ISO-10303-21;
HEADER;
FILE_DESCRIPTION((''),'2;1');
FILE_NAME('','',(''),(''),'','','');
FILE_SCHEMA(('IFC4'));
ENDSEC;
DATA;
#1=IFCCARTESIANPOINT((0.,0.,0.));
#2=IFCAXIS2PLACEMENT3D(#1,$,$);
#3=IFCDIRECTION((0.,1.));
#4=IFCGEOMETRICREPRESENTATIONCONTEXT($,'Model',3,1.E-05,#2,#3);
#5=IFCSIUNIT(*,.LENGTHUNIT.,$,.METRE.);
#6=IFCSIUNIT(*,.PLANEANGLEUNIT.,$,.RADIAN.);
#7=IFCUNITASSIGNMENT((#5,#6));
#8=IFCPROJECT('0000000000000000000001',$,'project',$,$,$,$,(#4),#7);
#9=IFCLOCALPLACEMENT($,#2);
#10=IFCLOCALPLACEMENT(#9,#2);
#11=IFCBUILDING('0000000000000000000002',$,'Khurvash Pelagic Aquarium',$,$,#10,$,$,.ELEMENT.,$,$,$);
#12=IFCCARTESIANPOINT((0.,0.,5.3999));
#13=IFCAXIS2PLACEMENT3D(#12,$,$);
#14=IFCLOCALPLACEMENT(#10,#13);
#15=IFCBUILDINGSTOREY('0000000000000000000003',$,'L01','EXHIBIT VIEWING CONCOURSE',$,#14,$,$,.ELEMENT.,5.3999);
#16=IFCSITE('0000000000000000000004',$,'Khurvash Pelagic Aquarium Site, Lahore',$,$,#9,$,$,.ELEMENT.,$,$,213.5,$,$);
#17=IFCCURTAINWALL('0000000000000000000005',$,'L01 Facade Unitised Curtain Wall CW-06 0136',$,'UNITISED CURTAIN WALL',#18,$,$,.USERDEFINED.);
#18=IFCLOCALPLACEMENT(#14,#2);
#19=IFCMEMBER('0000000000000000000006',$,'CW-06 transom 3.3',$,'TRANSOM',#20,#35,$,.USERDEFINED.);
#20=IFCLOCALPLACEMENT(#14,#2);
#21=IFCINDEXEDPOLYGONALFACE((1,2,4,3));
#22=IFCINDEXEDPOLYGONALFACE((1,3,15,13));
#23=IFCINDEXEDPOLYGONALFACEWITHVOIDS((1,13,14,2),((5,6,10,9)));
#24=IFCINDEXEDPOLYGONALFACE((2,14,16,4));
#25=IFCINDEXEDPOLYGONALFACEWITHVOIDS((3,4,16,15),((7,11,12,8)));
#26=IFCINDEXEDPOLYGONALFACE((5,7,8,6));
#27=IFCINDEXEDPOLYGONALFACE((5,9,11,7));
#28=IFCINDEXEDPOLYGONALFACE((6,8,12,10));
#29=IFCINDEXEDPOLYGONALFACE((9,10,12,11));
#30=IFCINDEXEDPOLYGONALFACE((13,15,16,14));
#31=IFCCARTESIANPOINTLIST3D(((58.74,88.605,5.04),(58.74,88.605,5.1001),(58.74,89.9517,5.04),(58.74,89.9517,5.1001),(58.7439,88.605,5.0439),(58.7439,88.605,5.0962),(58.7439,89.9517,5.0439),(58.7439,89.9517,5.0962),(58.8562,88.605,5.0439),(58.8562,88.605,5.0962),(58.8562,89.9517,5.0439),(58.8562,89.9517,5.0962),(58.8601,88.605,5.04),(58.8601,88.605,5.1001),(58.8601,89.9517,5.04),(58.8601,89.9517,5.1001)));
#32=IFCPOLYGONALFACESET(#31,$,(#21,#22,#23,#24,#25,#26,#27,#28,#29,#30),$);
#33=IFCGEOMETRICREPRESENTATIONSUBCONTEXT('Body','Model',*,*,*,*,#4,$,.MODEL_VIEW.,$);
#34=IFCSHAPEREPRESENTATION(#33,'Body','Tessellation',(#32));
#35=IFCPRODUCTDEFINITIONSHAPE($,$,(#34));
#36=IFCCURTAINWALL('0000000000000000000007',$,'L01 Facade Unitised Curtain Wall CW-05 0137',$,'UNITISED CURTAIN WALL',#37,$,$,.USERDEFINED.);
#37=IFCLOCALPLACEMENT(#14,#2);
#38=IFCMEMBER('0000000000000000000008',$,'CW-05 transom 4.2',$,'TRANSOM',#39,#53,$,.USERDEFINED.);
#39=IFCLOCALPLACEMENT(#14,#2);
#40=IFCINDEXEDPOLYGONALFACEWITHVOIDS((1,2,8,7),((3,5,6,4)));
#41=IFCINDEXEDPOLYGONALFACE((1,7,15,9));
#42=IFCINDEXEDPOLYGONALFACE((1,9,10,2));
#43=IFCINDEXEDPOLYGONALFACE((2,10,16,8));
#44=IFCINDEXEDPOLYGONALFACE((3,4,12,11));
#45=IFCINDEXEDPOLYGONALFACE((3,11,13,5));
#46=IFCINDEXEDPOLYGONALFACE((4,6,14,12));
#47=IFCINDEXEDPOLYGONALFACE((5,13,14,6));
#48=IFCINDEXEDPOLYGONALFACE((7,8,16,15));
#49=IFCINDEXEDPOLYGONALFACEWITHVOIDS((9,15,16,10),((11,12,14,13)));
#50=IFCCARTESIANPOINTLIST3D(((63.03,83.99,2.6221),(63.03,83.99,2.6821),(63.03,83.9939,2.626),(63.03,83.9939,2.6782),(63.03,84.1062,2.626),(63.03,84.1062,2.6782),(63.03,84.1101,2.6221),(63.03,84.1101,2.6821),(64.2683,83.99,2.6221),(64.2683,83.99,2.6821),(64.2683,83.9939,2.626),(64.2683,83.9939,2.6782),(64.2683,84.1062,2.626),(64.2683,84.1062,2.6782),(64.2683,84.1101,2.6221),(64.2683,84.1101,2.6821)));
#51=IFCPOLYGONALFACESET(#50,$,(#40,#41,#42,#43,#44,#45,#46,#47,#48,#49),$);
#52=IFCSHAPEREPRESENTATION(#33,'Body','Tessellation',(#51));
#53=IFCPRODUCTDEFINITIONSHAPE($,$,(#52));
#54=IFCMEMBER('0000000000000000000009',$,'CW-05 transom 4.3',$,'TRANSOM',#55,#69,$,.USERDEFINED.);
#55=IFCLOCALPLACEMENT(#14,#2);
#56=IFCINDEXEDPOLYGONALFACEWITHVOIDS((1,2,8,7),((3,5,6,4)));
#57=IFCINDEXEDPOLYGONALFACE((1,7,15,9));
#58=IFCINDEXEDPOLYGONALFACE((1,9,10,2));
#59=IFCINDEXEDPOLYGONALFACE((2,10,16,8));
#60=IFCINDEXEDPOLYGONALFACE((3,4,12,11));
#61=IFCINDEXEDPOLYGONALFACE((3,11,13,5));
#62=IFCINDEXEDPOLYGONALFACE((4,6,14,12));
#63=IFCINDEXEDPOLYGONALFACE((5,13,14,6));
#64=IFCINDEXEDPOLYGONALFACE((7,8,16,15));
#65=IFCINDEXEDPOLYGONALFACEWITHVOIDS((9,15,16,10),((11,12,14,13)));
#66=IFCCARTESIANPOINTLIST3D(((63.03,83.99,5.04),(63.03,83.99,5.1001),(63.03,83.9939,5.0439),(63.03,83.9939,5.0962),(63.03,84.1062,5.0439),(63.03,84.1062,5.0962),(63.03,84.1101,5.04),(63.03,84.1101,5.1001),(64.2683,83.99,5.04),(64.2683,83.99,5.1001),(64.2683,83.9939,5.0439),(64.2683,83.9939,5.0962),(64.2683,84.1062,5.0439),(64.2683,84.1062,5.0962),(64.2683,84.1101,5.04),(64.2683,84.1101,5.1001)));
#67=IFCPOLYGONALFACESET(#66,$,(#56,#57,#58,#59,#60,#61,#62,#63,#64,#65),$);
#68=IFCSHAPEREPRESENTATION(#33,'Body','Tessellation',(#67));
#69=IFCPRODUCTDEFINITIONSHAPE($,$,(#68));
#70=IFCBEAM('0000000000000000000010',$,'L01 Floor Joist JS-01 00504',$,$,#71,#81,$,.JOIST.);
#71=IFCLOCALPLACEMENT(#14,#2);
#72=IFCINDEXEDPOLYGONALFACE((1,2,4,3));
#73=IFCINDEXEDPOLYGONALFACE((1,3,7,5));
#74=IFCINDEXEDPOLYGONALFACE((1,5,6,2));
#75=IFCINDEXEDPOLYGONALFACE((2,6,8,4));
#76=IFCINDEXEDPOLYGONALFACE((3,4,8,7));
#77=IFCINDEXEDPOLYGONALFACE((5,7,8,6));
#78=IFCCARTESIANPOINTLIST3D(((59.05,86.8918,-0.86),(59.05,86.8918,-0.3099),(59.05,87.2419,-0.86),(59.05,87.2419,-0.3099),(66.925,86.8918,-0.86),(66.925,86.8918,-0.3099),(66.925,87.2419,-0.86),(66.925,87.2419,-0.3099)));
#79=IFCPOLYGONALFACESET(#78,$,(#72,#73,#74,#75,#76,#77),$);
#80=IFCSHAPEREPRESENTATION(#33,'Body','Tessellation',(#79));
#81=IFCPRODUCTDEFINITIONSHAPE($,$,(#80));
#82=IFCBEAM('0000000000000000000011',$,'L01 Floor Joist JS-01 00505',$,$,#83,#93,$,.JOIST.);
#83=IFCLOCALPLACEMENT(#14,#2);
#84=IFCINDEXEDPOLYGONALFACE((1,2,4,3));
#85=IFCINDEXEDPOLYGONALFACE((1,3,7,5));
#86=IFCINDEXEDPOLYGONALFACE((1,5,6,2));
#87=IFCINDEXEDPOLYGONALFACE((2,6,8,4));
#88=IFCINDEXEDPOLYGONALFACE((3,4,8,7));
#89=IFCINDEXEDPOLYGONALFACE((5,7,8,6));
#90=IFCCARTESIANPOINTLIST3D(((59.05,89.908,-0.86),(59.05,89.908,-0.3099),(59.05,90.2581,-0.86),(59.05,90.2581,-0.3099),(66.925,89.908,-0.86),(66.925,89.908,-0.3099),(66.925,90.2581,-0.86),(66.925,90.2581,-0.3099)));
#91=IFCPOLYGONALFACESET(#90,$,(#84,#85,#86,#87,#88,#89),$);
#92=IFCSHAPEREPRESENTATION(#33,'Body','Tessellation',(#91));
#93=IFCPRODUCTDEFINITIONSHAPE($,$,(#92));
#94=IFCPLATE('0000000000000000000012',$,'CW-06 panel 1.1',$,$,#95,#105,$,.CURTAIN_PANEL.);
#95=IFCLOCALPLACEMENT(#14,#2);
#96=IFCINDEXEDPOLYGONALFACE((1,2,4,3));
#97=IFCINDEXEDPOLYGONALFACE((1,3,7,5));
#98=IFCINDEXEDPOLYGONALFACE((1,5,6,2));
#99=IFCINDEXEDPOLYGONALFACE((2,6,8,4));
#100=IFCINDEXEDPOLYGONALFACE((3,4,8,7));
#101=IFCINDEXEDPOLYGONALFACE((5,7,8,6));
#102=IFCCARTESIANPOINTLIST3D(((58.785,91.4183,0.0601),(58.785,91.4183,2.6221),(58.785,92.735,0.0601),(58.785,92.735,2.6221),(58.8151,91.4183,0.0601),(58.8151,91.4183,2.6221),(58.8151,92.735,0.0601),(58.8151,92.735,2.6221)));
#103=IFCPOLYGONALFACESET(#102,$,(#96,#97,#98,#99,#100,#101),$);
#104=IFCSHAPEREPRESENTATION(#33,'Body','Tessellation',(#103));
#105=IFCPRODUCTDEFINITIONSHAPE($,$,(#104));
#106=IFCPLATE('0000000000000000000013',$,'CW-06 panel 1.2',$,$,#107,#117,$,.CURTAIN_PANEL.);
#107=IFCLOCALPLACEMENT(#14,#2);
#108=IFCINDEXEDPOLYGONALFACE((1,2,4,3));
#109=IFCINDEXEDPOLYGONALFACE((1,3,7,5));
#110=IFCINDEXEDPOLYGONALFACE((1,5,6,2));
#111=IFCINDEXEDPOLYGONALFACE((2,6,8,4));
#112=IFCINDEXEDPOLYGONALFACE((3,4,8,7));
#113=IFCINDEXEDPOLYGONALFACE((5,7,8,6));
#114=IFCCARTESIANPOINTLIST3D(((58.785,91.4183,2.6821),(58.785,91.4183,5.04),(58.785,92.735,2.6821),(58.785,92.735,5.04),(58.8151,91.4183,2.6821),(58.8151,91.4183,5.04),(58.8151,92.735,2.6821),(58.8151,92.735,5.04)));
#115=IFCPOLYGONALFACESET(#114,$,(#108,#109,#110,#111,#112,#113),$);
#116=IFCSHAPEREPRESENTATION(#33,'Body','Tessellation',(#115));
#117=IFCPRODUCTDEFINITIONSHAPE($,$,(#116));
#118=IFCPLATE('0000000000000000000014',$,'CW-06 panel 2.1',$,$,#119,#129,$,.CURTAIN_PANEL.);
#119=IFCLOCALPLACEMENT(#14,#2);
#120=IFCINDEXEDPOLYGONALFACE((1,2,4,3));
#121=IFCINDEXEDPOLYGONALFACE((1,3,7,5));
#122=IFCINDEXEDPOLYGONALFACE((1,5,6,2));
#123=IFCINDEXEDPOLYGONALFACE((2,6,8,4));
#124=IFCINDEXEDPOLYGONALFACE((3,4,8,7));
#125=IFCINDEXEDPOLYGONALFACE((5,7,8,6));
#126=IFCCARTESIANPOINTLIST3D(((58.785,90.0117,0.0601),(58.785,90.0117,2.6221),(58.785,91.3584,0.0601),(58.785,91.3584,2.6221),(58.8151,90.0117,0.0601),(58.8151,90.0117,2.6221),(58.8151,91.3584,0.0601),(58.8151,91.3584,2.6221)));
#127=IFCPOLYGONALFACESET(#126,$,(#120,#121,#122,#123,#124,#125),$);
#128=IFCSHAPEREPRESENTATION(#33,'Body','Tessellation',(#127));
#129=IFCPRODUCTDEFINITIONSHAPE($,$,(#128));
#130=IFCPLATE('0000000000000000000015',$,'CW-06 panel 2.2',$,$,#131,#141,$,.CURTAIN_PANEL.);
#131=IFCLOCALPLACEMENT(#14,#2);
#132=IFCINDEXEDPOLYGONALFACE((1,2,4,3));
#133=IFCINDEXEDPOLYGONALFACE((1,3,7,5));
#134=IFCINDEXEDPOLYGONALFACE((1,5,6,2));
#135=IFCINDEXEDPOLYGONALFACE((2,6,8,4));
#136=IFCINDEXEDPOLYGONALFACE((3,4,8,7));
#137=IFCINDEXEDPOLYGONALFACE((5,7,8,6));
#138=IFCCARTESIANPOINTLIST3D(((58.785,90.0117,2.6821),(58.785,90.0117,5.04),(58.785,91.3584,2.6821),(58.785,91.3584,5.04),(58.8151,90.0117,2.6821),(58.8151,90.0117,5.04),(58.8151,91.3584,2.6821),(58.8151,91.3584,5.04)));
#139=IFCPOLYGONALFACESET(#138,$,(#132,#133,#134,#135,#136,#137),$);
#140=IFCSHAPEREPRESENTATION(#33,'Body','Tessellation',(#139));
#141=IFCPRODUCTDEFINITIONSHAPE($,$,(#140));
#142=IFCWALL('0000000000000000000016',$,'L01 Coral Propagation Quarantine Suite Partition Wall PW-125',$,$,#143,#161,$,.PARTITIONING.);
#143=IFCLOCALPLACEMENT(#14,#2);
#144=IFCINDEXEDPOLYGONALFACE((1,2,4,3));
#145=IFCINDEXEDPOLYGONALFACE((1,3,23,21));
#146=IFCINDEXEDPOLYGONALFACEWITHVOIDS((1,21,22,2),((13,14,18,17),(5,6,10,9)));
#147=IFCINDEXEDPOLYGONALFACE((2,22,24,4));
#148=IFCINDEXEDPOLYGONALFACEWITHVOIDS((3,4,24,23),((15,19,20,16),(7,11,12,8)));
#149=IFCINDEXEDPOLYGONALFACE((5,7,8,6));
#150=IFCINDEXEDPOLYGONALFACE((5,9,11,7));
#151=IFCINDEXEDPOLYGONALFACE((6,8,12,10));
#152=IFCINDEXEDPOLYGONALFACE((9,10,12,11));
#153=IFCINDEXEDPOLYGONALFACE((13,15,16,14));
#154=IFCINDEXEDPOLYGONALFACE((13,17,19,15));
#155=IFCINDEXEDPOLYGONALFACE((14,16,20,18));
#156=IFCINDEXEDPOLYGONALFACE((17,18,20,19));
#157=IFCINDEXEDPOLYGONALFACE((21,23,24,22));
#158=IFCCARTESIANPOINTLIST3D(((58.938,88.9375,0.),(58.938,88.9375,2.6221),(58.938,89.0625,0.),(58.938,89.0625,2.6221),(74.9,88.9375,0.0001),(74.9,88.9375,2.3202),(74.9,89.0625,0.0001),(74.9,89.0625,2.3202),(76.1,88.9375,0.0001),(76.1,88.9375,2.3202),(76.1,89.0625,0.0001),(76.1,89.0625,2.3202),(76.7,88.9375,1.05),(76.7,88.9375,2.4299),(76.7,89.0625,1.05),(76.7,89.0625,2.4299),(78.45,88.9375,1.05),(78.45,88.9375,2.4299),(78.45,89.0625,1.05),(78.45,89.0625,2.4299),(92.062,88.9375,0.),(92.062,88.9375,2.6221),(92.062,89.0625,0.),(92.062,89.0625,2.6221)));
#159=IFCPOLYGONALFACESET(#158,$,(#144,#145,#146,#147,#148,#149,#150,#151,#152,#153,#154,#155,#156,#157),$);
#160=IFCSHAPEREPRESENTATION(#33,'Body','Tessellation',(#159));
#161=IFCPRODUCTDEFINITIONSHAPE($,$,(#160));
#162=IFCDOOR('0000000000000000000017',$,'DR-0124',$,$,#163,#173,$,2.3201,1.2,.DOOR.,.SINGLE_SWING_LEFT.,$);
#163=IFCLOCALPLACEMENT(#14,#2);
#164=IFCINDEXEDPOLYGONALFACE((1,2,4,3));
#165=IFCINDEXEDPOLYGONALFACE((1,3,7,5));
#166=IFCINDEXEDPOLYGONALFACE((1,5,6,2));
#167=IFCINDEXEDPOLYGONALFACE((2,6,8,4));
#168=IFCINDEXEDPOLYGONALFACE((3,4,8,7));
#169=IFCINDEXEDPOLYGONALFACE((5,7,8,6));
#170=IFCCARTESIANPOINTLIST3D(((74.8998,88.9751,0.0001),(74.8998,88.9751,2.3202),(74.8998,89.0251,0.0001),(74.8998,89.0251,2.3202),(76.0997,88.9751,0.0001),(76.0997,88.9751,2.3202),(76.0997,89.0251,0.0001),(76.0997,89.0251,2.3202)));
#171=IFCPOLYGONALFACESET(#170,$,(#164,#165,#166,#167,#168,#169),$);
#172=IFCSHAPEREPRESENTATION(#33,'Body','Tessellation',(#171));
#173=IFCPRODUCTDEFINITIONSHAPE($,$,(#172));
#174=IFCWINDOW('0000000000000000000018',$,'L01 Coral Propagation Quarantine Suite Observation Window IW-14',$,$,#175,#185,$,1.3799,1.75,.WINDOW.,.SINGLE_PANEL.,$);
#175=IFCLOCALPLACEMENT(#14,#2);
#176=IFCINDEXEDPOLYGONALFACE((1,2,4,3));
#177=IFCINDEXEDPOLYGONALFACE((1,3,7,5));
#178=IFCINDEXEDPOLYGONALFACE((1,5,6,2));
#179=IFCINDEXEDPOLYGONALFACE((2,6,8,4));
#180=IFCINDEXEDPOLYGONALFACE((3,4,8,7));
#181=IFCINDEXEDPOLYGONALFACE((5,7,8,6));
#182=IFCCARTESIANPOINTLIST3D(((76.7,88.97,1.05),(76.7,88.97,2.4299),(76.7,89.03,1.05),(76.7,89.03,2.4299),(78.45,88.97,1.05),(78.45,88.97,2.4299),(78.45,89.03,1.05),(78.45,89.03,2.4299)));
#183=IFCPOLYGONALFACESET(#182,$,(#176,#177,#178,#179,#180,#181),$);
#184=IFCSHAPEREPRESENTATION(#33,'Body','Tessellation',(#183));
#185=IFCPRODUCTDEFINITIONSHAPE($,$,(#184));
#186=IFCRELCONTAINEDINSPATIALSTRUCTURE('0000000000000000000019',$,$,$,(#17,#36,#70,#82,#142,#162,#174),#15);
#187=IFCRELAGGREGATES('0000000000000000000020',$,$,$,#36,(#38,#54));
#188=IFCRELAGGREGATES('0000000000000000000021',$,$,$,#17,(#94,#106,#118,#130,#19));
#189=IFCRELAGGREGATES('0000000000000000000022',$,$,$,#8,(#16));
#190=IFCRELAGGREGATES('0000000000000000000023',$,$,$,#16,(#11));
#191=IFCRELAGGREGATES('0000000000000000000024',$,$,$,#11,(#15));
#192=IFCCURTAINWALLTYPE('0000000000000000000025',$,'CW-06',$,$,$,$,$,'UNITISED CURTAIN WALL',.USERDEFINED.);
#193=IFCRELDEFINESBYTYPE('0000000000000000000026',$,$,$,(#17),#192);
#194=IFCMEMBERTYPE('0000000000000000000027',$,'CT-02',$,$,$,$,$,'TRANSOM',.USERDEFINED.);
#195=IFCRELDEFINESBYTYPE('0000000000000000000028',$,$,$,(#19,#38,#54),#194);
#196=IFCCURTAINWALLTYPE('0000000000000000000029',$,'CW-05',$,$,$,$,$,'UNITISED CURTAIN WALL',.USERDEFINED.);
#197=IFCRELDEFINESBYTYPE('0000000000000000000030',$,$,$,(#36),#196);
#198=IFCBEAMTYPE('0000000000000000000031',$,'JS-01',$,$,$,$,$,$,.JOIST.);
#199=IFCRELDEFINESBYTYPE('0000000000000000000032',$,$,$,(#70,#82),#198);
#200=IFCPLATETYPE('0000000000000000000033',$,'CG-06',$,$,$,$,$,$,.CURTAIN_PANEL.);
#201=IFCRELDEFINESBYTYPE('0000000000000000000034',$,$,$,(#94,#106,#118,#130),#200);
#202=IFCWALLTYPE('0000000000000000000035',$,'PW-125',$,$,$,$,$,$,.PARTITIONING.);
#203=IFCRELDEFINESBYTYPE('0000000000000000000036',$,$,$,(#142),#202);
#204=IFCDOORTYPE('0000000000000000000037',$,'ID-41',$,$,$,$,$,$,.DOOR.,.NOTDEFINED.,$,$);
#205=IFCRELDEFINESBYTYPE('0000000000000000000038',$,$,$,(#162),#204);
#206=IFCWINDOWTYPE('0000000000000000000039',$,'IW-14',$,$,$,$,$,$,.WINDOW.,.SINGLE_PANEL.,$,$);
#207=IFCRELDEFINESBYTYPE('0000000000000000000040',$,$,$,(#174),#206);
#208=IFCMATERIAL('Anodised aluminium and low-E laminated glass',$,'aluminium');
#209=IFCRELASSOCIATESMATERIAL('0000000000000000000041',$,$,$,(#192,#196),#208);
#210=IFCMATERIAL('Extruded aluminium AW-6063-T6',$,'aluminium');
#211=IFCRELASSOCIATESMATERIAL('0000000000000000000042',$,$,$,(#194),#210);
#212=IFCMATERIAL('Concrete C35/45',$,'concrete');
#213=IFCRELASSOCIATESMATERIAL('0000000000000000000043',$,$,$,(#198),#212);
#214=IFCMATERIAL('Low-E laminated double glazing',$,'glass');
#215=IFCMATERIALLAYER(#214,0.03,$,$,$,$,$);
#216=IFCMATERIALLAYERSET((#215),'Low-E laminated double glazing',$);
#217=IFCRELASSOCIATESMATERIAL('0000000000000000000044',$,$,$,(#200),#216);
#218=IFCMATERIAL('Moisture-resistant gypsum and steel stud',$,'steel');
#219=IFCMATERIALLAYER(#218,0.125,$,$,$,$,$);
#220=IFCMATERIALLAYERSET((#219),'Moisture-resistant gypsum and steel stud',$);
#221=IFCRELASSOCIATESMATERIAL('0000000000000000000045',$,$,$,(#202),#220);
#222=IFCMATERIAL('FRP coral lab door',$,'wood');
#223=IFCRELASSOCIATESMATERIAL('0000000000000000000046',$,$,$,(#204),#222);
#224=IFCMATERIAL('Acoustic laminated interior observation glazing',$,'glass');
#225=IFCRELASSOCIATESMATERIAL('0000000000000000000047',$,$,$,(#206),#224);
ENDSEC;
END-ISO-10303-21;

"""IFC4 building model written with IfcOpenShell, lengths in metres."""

from ifc_helpers import new_model, si_unit, direction, frame, frame_2d, origin, origin_2d, place, context, subcontext, project, spatial, rectangle, hollow_rectangle, extrude, material, layer, layer_set, material_profile, profile_set, type_object, element, fill, aggregate, save


model = new_model("IFC4")

# Units and contexts
model_context = context("Model", 3, precision=1e-05, world=origin(), true_north=direction((0.0, 1.0)))
body_context = subcontext(model_context, "Body", "Model", "MODEL_VIEW")
ifc_project = project(units=[si_unit("LENGTHUNIT", "METRE"), si_unit("PLANEANGLEUNIT", "RADIAN")], contexts=[model_context])

# Site, building, storey
site_placement = place(None, origin())
site = spatial("IfcSite", under=ifc_project, at=site_placement, Name="Khurvash Pelagic Aquarium Site, Lahore", CompositionType="ELEMENT", RefElevation=213.5)
building_placement = place(site_placement, origin())
building = spatial("IfcBuilding", under=site, at=building_placement, Name="Khurvash Pelagic Aquarium", CompositionType="ELEMENT")
storey_placement = place(building_placement, frame((0.0, 0.0, 5.3999)))
storey = spatial("IfcBuildingStorey", under=building, at=storey_placement, Name="L01", Description="EXHIBIT VIEWING CONCOURSE", CompositionType="ELEMENT", Elevation=5.3999)

# Curtain walls, members
ifc_material_1 = material(Name="Anodised aluminium and low-E laminated glass", Category="aluminium")
curtain_wall_type_1 = type_object("IfcCurtainWallType", Name="CW-06", ElementType="UNITISED CURTAIN WALL", PredefinedType="USERDEFINED", material=ifc_material_1)
curtain_wall_1_placement = place(storey_placement, origin())
curtain_wall_1 = element("IfcCurtainWall", 1, at=curtain_wall_1_placement, inside=storey, type_object=curtain_wall_type_1, Name="L01 Facade Unitised Curtain Wall CW-06 0136", ObjectType="UNITISED CURTAIN WALL", PredefinedType="USERDEFINED")
ifc_material_2 = material(Name="Extruded aluminium AW-6063-T6", Category="aluminium")
ifc_material_profile_1 = material_profile(ifc_material_2, hollow_rectangle(XDim=0.1201, YDim=0.0601, WallThickness=0.0039, at=origin_2d()), Name="CWT120X60X4")
ifc_profile_set_1 = profile_set([ifc_material_profile_1], Name="Extruded aluminium AW-6063-T6")
member_type_1 = type_object("IfcMemberType", Name="CT-02", ElementType="TRANSOM", PredefinedType="USERDEFINED", material=ifc_profile_set_1)
member_1_placement = place(storey_placement, frame((58.8, 89.9517, 5.0701), z_axis=(0.0, -1.0, 0.0), x_axis=(1.0, 0.0, 0.0)))
member_1 = element("IfcMember", 2, at=member_1_placement, type_object=member_type_1, Name="CW-06 transom 3.3", ObjectType="TRANSOM", PredefinedType="USERDEFINED", context=body_context, shape_type="SweptSolid", body=[
    extrude(hollow_rectangle(XDim=0.1201, YDim=0.0601, WallThickness=0.0039, at=origin_2d()), origin(), (0.0, 0.0, 1.0), 1.3467),
])
curtain_wall_type_2 = type_object("IfcCurtainWallType", Name="CW-05", ElementType="UNITISED CURTAIN WALL", PredefinedType="USERDEFINED", material=ifc_material_1)
curtain_wall_2_placement = place(storey_placement, origin())
curtain_wall_2 = element("IfcCurtainWall", 3, at=curtain_wall_2_placement, inside=storey, type_object=curtain_wall_type_2, Name="L01 Facade Unitised Curtain Wall CW-05 0137", ObjectType="UNITISED CURTAIN WALL", PredefinedType="USERDEFINED")
member_2_placement = place(storey_placement, frame((63.03, 84.05, 2.6521), z_axis=(1.0, 0.0, 0.0), x_axis=(0.0, 1.0, 0.0)))
member_2 = element("IfcMember", 4, at=member_2_placement, type_object=member_type_1, Name="CW-05 transom 4.2", ObjectType="TRANSOM", PredefinedType="USERDEFINED", context=body_context, shape_type="SweptSolid", body=[
    extrude(hollow_rectangle(XDim=0.1201, YDim=0.0601, WallThickness=0.0039, at=origin_2d()), origin(), (0.0, 0.0, 1.0), 1.2383),
])
member_3_placement = place(storey_placement, frame((63.03, 84.05, 5.0701), z_axis=(1.0, 0.0, 0.0), x_axis=(0.0, 1.0, 0.0)))
member_3 = element("IfcMember", 5, at=member_3_placement, type_object=member_type_1, Name="CW-05 transom 4.3", ObjectType="TRANSOM", PredefinedType="USERDEFINED", context=body_context, shape_type="SweptSolid", body=[
    extrude(hollow_rectangle(XDim=0.1201, YDim=0.0601, WallThickness=0.0039, at=origin_2d()), origin(), (0.0, 0.0, 1.0), 1.2383),
])
aggregate(curtain_wall_2, [member_2, member_3])

# Beams
ifc_material_3 = material(Name="Concrete C35/45", Category="concrete")
ifc_material_profile_2 = material_profile(ifc_material_3, rectangle(XDim=0.3501, YDim=0.55, at=origin_2d()), Name="RC350X550")
ifc_profile_set_2 = profile_set([ifc_material_profile_2], Name="Concrete C35/45")
beam_type = type_object("IfcBeamType", Name="JS-01", PredefinedType="JOIST", material=ifc_profile_set_2)
for number, where, z_axis, x_axis, name in (
    (6, (59.05, 87.0669, -0.585), (1.0, 0.0, 0.0), (0.0, 1.0, 0.0), "L01 Floor Joist JS-01 00504"),
    (7, (59.05, 90.083, -0.585), (1.0, 0.0, 0.0), (0.0, 1.0, 0.0), "L01 Floor Joist JS-01 00505"),
):
    element("IfcBeam", number, at=place(storey_placement, frame(where, z_axis=z_axis, x_axis=x_axis)), inside=storey, type_object=beam_type, Name=name, PredefinedType="JOIST", context=body_context, shape_type="SweptSolid", body=[
        extrude(rectangle(XDim=0.3501, YDim=0.55, at=origin_2d()), origin(), (0.0, 0.0, 1.0), 7.875),
    ])

# Plates
ifc_material_4 = material(Name="Low-E laminated double glazing", Category="glass")
ifc_layer_1 = layer(ifc_material_4, 0.03)
ifc_layer_set_1 = layer_set([ifc_layer_1], Name="Low-E laminated double glazing")
plate_type = type_object("IfcPlateType", Name="CG-06", PredefinedType="CURTAIN_PANEL", material=ifc_layer_set_1)
plate_1_placement = place(storey_placement, frame((58.8, 92.0767, 0.0601), z_axis=(0.0, 0.0, 1.0), x_axis=(0.0, -1.0, 0.0)))
plate_1 = element("IfcPlate", 8, at=plate_1_placement, type_object=plate_type, Name="CW-06 panel 1.1", PredefinedType="CURTAIN_PANEL", context=body_context, shape_type="SweptSolid", body=[
    extrude(rectangle(XDim=1.3167, YDim=0.03, at=origin_2d()), origin(), (0.0, 0.0, 1.0), 2.562),
])
plate_2_placement = place(storey_placement, frame((58.8, 92.0767, 2.6821), z_axis=(0.0, 0.0, 1.0), x_axis=(0.0, -1.0, 0.0)))
plate_2 = element("IfcPlate", 9, at=plate_2_placement, type_object=plate_type, Name="CW-06 panel 1.2", PredefinedType="CURTAIN_PANEL", context=body_context, shape_type="SweptSolid", body=[
    extrude(rectangle(XDim=1.3167, YDim=0.03, at=origin_2d()), origin(), (0.0, 0.0, 1.0), 2.3579),
])
plate_3_placement = place(storey_placement, frame((58.8, 90.6851, 0.0601), z_axis=(0.0, 0.0, 1.0), x_axis=(0.0, -1.0, 0.0)))
plate_3 = element("IfcPlate", 10, at=plate_3_placement, type_object=plate_type, Name="CW-06 panel 2.1", PredefinedType="CURTAIN_PANEL", context=body_context, shape_type="SweptSolid", body=[
    extrude(rectangle(XDim=1.3467, YDim=0.03, at=origin_2d()), origin(), (0.0, 0.0, 1.0), 2.562),
])
plate_4_placement = place(storey_placement, frame((58.8, 90.6851, 2.6821), z_axis=(0.0, 0.0, 1.0), x_axis=(0.0, -1.0, 0.0)))
plate_4 = element("IfcPlate", 11, at=plate_4_placement, type_object=plate_type, Name="CW-06 panel 2.2", PredefinedType="CURTAIN_PANEL", context=body_context, shape_type="SweptSolid", body=[
    extrude(rectangle(XDim=1.3467, YDim=0.03, at=origin_2d()), origin(), (0.0, 0.0, 1.0), 2.3579),
])
aggregate(curtain_wall_1, [plate_1, plate_2, plate_3, plate_4, member_1])

# Wall, openings, door, window
ifc_material_5 = material(Name="Moisture-resistant gypsum and steel stud", Category="steel")
ifc_layer_2 = layer(ifc_material_5, 0.125)
ifc_layer_set_2 = layer_set([ifc_layer_2], Name="Moisture-resistant gypsum and steel stud")
wall_type = type_object("IfcWallType", Name="PW-125", PredefinedType="PARTITIONING", material=ifc_layer_set_2)
wall_placement = place(storey_placement, frame((58.938, 89.0, 0.0), z_axis=(0.0, 0.0, 1.0), x_axis=(1.0, 0.0, 0.0)))
wall = element("IfcWall", 12, at=wall_placement, inside=storey, type_object=wall_type, Name="L01 Coral Propagation Quarantine Suite Partition Wall PW-125", PredefinedType="PARTITIONING", context=body_context, shape_type="SweptSolid", body=[
    extrude(rectangle(XDim=33.124, YDim=0.125, at=frame_2d((16.562, 0.0))), origin(), (0.0, 0.0, 1.0), 2.6221),
])
opening_1_placement = place(wall_placement, frame((15.9619, 0.0, 0.0)))
opening_1 = element("IfcOpeningElement", 13, at=opening_1_placement, cuts=wall, PredefinedType="OPENING", context=body_context, shape_type="SweptSolid", body=[
    extrude(rectangle(XDim=1.2, YDim=2.3201, at=frame_2d((0.6001, 1.1602))), frame((0.0, 0.0725, 0.0), z_axis=(0.0, -1.0, 0.0), x_axis=(1.0, 0.0, 0.0)), (0.0, 0.0, 1.0), 0.145),
])
opening_2_placement = place(wall_placement, frame((17.762, 0.0, 1.05)))
opening_2 = element("IfcOpeningElement", 14, at=opening_2_placement, cuts=wall, PredefinedType="OPENING", context=body_context, shape_type="SweptSolid", body=[
    extrude(rectangle(XDim=1.75, YDim=1.3799, at=frame_2d((0.875, 0.6899))), frame((0.0, 0.0725, 0.0), z_axis=(0.0, -1.0, 0.0), x_axis=(1.0, 0.0, 0.0)), (0.0, 0.0, 1.0), 0.145),
])
ifc_material_6 = material(Name="FRP coral lab door", Category="wood")
door_type = type_object("IfcDoorType", Name="ID-41", OperationType="NOTDEFINED", PredefinedType="DOOR", material=ifc_material_6)
door_placement = place(opening_1_placement, frame((1.2, 0.0, 0.0), z_axis=(0.0, 0.0, 1.0), x_axis=(-1.0, 0.0, 0.0)))
door = element("IfcDoor", 15, at=door_placement, inside=storey, type_object=door_type, Name="DR-0124", OperationType="SINGLE_SWING_LEFT", OverallHeight=2.3201, OverallWidth=1.2, PredefinedType="DOOR", context=body_context, shape_type="SweptSolid", body=[
    extrude(rectangle(XDim=1.2, YDim=2.3201, at=frame_2d((0.6001, 1.1602))), frame((0.0, 0.0249, 0.0), z_axis=(0.0, -1.0, 0.0), x_axis=(1.0, 0.0, 0.0)), (0.0, 0.0, 1.0), 0.05),
])
fill(opening_1, door)
ifc_material_7 = material(Name="Acoustic laminated interior observation glazing", Category="glass")
window_type = type_object("IfcWindowType", Name="IW-14", PartitioningType="SINGLE_PANEL", PredefinedType="WINDOW", material=ifc_material_7)
window_placement = place(opening_2_placement, origin())
window = element("IfcWindow", 16, at=window_placement, inside=storey, type_object=window_type, Name="L01 Coral Propagation Quarantine Suite Observation Window IW-14", OverallHeight=1.3799, OverallWidth=1.75, PartitioningType="SINGLE_PANEL", PredefinedType="WINDOW", context=body_context, shape_type="SweptSolid", body=[
    extrude(rectangle(XDim=1.75, YDim=1.3799, at=frame_2d((0.875, 0.6899))), frame((0.0, 0.03, 0.0), z_axis=(0.0, -1.0, 0.0), x_axis=(1.0, 0.0, 0.0)), (0.0, 0.0, 1.0), 0.0601),
])
fill(opening_2, window)

save(model, "model.ifc")
